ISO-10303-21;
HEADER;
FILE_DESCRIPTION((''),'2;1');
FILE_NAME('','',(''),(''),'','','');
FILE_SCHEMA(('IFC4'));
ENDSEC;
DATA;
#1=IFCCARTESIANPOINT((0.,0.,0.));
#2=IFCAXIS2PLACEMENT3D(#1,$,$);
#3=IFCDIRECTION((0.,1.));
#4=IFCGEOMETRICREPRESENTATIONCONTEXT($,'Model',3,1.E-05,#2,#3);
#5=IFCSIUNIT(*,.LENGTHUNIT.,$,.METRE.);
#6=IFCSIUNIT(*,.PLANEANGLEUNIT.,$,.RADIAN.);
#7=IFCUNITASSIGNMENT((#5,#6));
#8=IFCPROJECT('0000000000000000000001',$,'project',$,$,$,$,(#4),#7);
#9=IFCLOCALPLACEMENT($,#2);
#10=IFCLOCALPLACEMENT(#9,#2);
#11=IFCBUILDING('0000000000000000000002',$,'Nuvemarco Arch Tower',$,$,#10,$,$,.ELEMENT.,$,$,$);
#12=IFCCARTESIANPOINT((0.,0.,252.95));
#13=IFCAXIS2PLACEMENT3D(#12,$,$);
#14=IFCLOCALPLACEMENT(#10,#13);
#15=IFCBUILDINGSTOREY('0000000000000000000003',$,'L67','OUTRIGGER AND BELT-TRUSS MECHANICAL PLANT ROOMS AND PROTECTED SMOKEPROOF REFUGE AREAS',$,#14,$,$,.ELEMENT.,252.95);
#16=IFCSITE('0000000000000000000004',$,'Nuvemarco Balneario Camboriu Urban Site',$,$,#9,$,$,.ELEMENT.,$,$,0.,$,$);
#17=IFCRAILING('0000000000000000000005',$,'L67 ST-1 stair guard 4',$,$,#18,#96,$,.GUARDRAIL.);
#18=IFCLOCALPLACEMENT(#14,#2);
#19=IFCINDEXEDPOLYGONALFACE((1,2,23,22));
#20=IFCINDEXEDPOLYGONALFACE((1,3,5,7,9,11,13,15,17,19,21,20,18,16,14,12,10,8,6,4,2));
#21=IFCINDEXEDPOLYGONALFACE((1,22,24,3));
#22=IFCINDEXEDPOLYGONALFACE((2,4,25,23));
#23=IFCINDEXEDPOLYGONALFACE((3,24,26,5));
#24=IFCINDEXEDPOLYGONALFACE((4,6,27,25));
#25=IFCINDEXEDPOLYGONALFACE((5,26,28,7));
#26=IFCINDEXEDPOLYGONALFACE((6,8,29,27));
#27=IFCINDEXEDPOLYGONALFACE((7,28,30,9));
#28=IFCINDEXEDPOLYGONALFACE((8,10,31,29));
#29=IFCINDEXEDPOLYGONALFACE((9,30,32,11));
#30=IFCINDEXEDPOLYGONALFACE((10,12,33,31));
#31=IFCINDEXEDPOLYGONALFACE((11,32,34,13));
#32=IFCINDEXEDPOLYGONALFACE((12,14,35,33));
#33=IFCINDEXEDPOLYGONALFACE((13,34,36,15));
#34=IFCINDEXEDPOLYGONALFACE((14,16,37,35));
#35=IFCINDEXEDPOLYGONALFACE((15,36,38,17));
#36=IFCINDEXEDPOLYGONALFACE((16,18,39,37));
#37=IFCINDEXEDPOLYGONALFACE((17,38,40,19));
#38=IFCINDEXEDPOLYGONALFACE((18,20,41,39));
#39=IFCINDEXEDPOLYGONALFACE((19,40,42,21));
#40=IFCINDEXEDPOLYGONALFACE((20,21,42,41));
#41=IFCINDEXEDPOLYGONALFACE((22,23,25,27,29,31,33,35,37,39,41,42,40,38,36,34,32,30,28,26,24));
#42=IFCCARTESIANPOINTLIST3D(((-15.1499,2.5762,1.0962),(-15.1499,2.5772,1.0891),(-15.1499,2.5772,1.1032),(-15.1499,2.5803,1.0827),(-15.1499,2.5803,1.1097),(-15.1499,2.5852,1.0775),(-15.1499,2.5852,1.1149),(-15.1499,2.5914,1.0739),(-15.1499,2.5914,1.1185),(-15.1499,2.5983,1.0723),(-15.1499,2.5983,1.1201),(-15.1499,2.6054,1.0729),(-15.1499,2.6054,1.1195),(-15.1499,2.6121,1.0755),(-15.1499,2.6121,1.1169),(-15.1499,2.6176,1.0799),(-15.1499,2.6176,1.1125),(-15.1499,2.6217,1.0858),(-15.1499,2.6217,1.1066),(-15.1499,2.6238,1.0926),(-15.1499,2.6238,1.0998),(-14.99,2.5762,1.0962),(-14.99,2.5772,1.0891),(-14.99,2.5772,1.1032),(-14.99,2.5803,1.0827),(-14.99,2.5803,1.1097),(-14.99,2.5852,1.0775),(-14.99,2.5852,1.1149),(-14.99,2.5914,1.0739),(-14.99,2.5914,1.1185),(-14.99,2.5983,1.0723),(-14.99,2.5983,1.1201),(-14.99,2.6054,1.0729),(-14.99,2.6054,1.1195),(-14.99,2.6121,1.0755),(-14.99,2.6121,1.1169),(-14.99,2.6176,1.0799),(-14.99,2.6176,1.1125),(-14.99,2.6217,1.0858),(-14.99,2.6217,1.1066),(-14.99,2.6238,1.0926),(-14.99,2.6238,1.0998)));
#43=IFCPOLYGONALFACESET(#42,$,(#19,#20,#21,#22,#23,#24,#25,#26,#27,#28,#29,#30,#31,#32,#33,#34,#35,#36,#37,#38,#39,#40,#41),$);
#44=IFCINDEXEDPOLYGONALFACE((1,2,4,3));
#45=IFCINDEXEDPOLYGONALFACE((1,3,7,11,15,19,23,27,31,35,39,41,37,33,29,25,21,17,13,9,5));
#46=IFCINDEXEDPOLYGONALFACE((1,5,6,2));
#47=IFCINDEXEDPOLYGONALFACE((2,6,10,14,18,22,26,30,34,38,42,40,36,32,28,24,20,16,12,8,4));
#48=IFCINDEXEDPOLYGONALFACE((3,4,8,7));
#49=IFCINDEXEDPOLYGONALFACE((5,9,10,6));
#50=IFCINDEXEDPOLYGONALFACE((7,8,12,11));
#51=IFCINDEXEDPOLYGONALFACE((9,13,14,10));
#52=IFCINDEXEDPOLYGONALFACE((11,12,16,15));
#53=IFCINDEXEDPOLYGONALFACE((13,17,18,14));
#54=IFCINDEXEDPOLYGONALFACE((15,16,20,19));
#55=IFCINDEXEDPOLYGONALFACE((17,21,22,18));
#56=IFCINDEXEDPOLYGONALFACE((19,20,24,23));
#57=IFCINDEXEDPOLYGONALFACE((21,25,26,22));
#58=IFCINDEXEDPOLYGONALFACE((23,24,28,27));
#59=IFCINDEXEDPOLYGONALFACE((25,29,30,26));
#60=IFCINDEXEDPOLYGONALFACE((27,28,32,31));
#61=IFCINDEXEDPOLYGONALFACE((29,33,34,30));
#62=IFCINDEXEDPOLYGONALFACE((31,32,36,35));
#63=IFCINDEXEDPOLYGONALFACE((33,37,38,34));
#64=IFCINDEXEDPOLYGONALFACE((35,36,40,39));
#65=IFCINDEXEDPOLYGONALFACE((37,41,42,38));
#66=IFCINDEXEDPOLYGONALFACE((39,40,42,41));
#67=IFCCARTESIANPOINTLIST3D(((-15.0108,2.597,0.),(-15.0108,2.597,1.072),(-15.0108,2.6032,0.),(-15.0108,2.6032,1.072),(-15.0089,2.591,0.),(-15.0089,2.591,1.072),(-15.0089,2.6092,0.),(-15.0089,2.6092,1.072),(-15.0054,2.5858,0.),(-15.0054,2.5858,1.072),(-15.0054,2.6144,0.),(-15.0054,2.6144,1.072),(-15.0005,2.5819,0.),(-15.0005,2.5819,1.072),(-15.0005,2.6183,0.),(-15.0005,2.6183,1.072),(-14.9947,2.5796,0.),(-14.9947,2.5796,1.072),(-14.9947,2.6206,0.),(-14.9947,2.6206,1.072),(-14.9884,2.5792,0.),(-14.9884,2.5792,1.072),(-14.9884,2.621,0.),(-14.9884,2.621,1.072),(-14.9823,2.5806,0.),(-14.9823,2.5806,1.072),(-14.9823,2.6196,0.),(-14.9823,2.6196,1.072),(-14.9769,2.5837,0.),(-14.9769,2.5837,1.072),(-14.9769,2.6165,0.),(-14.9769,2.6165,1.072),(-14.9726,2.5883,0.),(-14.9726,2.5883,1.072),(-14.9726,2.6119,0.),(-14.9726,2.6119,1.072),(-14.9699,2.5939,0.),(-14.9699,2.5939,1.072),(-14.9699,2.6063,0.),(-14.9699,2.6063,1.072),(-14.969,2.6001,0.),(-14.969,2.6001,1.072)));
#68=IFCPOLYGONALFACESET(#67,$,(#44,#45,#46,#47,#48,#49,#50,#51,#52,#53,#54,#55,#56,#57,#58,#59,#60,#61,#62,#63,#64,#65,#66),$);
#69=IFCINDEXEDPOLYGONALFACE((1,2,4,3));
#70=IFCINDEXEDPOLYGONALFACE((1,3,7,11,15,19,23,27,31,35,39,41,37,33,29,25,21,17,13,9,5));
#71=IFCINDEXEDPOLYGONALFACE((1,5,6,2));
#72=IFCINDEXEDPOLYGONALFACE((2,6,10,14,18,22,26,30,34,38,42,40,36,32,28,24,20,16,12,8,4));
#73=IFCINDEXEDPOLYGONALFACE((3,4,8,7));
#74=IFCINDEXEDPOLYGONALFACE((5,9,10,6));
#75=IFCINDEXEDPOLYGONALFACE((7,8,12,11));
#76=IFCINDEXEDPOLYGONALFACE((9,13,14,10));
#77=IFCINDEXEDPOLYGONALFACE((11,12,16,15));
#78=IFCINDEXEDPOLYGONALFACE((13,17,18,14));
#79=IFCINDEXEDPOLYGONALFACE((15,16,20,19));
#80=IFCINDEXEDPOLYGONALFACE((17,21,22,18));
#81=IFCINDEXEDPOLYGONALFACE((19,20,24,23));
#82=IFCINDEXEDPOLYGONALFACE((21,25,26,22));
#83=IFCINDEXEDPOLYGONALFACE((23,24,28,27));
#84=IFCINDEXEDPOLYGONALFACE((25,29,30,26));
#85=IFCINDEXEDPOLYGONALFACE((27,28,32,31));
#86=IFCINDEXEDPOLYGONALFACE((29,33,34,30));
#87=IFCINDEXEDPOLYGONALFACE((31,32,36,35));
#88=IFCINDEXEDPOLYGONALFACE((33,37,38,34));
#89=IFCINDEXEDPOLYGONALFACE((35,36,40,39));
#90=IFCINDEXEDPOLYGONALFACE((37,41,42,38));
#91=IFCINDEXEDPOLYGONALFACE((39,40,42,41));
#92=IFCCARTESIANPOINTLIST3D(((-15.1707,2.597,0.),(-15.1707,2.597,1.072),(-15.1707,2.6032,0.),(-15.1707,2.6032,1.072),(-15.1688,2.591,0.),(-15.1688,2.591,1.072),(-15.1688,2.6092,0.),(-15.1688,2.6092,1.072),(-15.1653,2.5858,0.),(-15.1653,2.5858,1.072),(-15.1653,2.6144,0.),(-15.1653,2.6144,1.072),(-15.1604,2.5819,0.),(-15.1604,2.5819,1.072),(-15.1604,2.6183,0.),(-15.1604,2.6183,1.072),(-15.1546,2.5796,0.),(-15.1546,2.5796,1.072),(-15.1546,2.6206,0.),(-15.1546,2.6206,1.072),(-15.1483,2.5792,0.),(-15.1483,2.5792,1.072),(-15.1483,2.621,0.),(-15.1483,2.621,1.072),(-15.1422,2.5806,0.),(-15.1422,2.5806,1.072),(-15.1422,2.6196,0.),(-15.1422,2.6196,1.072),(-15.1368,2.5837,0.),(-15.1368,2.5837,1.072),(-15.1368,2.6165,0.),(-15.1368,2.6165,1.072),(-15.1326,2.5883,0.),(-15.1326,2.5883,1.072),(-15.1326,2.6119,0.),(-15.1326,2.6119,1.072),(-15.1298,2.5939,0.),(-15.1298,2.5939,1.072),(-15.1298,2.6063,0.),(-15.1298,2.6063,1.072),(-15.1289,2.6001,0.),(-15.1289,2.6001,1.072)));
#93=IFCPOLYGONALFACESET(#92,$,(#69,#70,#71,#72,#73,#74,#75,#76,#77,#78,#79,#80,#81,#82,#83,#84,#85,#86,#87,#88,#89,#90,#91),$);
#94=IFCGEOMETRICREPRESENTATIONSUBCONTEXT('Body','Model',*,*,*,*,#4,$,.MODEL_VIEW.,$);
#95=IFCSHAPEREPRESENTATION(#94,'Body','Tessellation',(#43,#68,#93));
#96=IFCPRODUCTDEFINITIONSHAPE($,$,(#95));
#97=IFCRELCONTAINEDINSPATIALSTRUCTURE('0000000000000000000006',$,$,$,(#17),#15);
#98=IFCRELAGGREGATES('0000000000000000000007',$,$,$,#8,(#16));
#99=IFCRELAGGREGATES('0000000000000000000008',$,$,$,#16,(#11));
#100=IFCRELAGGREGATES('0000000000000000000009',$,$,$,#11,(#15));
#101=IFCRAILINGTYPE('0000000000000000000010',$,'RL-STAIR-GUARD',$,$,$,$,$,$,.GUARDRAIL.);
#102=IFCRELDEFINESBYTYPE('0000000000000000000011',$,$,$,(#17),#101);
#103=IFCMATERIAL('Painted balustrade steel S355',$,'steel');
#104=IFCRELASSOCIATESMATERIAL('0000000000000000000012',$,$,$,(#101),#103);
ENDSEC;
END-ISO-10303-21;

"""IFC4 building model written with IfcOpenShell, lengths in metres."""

from ifc_helpers import new_model, si_unit, direction, frame, origin, origin_2d, place, context, subcontext, project, spatial, circle, extrude, material, type_object, element, save


model = new_model("IFC4")

# Units and contexts
model_context = context("Model", 3, precision=1e-05, world=origin(), true_north=direction((0.0, 1.0)))
body_context = subcontext(model_context, "Body", "Model", "MODEL_VIEW")
ifc_project = project(units=[si_unit("LENGTHUNIT", "METRE"), si_unit("PLANEANGLEUNIT", "RADIAN")], contexts=[model_context])

# Site, building, storey
site_placement = place(None, origin())
site = spatial("IfcSite", under=ifc_project, at=site_placement, Name="Nuvemarco Balneario Camboriu Urban Site", CompositionType="ELEMENT", RefElevation=0.0)
building_placement = place(site_placement, origin())
building = spatial("IfcBuilding", under=site, at=building_placement, Name="Nuvemarco Arch Tower", CompositionType="ELEMENT")
storey_placement = place(building_placement, frame((0.0, 0.0, 252.95)))
storey = spatial("IfcBuildingStorey", under=building, at=storey_placement, Name="L67", Description="OUTRIGGER AND BELT-TRUSS MECHANICAL PLANT ROOMS AND PROTECTED SMOKEPROOF REFUGE AREAS", CompositionType="ELEMENT", Elevation=252.95)

# Railing
ifc_material_1 = material(Name="Painted balustrade steel S355", Category="steel")
railing_type_1 = type_object("IfcRailingType", Name="RL-STAIR-GUARD", PredefinedType="GUARDRAIL", material=ifc_material_1)
railing_1_placement = place(storey_placement, frame((-14.99, 2.6001, 0.0)))
element("IfcRailing", 1, at=railing_1_placement, inside=storey, type_object=railing_type_1, Name="L67 ST-1 stair guard 4", PredefinedType="GUARDRAIL", context=body_context, shape_type="SweptSolid", body=[
    extrude(circle(Radius=0.0239, at=origin_2d()), frame((0.0, 0.0, 1.0962), z_axis=(-1.0, 0.0, 0.0), x_axis=(0.0, -1.0, 0.0)), (0.0, 0.0, 1.0), 0.1599),
    extrude(circle(Radius=0.021, at=origin_2d()), origin(), (0.0, 0.0, 1.0), 1.072),
    extrude(circle(Radius=0.021, at=origin_2d()), frame((-0.1599, 0.0, 0.0)), (0.0, 0.0, 1.0), 1.072),
])

save(model, "model.ifc")
